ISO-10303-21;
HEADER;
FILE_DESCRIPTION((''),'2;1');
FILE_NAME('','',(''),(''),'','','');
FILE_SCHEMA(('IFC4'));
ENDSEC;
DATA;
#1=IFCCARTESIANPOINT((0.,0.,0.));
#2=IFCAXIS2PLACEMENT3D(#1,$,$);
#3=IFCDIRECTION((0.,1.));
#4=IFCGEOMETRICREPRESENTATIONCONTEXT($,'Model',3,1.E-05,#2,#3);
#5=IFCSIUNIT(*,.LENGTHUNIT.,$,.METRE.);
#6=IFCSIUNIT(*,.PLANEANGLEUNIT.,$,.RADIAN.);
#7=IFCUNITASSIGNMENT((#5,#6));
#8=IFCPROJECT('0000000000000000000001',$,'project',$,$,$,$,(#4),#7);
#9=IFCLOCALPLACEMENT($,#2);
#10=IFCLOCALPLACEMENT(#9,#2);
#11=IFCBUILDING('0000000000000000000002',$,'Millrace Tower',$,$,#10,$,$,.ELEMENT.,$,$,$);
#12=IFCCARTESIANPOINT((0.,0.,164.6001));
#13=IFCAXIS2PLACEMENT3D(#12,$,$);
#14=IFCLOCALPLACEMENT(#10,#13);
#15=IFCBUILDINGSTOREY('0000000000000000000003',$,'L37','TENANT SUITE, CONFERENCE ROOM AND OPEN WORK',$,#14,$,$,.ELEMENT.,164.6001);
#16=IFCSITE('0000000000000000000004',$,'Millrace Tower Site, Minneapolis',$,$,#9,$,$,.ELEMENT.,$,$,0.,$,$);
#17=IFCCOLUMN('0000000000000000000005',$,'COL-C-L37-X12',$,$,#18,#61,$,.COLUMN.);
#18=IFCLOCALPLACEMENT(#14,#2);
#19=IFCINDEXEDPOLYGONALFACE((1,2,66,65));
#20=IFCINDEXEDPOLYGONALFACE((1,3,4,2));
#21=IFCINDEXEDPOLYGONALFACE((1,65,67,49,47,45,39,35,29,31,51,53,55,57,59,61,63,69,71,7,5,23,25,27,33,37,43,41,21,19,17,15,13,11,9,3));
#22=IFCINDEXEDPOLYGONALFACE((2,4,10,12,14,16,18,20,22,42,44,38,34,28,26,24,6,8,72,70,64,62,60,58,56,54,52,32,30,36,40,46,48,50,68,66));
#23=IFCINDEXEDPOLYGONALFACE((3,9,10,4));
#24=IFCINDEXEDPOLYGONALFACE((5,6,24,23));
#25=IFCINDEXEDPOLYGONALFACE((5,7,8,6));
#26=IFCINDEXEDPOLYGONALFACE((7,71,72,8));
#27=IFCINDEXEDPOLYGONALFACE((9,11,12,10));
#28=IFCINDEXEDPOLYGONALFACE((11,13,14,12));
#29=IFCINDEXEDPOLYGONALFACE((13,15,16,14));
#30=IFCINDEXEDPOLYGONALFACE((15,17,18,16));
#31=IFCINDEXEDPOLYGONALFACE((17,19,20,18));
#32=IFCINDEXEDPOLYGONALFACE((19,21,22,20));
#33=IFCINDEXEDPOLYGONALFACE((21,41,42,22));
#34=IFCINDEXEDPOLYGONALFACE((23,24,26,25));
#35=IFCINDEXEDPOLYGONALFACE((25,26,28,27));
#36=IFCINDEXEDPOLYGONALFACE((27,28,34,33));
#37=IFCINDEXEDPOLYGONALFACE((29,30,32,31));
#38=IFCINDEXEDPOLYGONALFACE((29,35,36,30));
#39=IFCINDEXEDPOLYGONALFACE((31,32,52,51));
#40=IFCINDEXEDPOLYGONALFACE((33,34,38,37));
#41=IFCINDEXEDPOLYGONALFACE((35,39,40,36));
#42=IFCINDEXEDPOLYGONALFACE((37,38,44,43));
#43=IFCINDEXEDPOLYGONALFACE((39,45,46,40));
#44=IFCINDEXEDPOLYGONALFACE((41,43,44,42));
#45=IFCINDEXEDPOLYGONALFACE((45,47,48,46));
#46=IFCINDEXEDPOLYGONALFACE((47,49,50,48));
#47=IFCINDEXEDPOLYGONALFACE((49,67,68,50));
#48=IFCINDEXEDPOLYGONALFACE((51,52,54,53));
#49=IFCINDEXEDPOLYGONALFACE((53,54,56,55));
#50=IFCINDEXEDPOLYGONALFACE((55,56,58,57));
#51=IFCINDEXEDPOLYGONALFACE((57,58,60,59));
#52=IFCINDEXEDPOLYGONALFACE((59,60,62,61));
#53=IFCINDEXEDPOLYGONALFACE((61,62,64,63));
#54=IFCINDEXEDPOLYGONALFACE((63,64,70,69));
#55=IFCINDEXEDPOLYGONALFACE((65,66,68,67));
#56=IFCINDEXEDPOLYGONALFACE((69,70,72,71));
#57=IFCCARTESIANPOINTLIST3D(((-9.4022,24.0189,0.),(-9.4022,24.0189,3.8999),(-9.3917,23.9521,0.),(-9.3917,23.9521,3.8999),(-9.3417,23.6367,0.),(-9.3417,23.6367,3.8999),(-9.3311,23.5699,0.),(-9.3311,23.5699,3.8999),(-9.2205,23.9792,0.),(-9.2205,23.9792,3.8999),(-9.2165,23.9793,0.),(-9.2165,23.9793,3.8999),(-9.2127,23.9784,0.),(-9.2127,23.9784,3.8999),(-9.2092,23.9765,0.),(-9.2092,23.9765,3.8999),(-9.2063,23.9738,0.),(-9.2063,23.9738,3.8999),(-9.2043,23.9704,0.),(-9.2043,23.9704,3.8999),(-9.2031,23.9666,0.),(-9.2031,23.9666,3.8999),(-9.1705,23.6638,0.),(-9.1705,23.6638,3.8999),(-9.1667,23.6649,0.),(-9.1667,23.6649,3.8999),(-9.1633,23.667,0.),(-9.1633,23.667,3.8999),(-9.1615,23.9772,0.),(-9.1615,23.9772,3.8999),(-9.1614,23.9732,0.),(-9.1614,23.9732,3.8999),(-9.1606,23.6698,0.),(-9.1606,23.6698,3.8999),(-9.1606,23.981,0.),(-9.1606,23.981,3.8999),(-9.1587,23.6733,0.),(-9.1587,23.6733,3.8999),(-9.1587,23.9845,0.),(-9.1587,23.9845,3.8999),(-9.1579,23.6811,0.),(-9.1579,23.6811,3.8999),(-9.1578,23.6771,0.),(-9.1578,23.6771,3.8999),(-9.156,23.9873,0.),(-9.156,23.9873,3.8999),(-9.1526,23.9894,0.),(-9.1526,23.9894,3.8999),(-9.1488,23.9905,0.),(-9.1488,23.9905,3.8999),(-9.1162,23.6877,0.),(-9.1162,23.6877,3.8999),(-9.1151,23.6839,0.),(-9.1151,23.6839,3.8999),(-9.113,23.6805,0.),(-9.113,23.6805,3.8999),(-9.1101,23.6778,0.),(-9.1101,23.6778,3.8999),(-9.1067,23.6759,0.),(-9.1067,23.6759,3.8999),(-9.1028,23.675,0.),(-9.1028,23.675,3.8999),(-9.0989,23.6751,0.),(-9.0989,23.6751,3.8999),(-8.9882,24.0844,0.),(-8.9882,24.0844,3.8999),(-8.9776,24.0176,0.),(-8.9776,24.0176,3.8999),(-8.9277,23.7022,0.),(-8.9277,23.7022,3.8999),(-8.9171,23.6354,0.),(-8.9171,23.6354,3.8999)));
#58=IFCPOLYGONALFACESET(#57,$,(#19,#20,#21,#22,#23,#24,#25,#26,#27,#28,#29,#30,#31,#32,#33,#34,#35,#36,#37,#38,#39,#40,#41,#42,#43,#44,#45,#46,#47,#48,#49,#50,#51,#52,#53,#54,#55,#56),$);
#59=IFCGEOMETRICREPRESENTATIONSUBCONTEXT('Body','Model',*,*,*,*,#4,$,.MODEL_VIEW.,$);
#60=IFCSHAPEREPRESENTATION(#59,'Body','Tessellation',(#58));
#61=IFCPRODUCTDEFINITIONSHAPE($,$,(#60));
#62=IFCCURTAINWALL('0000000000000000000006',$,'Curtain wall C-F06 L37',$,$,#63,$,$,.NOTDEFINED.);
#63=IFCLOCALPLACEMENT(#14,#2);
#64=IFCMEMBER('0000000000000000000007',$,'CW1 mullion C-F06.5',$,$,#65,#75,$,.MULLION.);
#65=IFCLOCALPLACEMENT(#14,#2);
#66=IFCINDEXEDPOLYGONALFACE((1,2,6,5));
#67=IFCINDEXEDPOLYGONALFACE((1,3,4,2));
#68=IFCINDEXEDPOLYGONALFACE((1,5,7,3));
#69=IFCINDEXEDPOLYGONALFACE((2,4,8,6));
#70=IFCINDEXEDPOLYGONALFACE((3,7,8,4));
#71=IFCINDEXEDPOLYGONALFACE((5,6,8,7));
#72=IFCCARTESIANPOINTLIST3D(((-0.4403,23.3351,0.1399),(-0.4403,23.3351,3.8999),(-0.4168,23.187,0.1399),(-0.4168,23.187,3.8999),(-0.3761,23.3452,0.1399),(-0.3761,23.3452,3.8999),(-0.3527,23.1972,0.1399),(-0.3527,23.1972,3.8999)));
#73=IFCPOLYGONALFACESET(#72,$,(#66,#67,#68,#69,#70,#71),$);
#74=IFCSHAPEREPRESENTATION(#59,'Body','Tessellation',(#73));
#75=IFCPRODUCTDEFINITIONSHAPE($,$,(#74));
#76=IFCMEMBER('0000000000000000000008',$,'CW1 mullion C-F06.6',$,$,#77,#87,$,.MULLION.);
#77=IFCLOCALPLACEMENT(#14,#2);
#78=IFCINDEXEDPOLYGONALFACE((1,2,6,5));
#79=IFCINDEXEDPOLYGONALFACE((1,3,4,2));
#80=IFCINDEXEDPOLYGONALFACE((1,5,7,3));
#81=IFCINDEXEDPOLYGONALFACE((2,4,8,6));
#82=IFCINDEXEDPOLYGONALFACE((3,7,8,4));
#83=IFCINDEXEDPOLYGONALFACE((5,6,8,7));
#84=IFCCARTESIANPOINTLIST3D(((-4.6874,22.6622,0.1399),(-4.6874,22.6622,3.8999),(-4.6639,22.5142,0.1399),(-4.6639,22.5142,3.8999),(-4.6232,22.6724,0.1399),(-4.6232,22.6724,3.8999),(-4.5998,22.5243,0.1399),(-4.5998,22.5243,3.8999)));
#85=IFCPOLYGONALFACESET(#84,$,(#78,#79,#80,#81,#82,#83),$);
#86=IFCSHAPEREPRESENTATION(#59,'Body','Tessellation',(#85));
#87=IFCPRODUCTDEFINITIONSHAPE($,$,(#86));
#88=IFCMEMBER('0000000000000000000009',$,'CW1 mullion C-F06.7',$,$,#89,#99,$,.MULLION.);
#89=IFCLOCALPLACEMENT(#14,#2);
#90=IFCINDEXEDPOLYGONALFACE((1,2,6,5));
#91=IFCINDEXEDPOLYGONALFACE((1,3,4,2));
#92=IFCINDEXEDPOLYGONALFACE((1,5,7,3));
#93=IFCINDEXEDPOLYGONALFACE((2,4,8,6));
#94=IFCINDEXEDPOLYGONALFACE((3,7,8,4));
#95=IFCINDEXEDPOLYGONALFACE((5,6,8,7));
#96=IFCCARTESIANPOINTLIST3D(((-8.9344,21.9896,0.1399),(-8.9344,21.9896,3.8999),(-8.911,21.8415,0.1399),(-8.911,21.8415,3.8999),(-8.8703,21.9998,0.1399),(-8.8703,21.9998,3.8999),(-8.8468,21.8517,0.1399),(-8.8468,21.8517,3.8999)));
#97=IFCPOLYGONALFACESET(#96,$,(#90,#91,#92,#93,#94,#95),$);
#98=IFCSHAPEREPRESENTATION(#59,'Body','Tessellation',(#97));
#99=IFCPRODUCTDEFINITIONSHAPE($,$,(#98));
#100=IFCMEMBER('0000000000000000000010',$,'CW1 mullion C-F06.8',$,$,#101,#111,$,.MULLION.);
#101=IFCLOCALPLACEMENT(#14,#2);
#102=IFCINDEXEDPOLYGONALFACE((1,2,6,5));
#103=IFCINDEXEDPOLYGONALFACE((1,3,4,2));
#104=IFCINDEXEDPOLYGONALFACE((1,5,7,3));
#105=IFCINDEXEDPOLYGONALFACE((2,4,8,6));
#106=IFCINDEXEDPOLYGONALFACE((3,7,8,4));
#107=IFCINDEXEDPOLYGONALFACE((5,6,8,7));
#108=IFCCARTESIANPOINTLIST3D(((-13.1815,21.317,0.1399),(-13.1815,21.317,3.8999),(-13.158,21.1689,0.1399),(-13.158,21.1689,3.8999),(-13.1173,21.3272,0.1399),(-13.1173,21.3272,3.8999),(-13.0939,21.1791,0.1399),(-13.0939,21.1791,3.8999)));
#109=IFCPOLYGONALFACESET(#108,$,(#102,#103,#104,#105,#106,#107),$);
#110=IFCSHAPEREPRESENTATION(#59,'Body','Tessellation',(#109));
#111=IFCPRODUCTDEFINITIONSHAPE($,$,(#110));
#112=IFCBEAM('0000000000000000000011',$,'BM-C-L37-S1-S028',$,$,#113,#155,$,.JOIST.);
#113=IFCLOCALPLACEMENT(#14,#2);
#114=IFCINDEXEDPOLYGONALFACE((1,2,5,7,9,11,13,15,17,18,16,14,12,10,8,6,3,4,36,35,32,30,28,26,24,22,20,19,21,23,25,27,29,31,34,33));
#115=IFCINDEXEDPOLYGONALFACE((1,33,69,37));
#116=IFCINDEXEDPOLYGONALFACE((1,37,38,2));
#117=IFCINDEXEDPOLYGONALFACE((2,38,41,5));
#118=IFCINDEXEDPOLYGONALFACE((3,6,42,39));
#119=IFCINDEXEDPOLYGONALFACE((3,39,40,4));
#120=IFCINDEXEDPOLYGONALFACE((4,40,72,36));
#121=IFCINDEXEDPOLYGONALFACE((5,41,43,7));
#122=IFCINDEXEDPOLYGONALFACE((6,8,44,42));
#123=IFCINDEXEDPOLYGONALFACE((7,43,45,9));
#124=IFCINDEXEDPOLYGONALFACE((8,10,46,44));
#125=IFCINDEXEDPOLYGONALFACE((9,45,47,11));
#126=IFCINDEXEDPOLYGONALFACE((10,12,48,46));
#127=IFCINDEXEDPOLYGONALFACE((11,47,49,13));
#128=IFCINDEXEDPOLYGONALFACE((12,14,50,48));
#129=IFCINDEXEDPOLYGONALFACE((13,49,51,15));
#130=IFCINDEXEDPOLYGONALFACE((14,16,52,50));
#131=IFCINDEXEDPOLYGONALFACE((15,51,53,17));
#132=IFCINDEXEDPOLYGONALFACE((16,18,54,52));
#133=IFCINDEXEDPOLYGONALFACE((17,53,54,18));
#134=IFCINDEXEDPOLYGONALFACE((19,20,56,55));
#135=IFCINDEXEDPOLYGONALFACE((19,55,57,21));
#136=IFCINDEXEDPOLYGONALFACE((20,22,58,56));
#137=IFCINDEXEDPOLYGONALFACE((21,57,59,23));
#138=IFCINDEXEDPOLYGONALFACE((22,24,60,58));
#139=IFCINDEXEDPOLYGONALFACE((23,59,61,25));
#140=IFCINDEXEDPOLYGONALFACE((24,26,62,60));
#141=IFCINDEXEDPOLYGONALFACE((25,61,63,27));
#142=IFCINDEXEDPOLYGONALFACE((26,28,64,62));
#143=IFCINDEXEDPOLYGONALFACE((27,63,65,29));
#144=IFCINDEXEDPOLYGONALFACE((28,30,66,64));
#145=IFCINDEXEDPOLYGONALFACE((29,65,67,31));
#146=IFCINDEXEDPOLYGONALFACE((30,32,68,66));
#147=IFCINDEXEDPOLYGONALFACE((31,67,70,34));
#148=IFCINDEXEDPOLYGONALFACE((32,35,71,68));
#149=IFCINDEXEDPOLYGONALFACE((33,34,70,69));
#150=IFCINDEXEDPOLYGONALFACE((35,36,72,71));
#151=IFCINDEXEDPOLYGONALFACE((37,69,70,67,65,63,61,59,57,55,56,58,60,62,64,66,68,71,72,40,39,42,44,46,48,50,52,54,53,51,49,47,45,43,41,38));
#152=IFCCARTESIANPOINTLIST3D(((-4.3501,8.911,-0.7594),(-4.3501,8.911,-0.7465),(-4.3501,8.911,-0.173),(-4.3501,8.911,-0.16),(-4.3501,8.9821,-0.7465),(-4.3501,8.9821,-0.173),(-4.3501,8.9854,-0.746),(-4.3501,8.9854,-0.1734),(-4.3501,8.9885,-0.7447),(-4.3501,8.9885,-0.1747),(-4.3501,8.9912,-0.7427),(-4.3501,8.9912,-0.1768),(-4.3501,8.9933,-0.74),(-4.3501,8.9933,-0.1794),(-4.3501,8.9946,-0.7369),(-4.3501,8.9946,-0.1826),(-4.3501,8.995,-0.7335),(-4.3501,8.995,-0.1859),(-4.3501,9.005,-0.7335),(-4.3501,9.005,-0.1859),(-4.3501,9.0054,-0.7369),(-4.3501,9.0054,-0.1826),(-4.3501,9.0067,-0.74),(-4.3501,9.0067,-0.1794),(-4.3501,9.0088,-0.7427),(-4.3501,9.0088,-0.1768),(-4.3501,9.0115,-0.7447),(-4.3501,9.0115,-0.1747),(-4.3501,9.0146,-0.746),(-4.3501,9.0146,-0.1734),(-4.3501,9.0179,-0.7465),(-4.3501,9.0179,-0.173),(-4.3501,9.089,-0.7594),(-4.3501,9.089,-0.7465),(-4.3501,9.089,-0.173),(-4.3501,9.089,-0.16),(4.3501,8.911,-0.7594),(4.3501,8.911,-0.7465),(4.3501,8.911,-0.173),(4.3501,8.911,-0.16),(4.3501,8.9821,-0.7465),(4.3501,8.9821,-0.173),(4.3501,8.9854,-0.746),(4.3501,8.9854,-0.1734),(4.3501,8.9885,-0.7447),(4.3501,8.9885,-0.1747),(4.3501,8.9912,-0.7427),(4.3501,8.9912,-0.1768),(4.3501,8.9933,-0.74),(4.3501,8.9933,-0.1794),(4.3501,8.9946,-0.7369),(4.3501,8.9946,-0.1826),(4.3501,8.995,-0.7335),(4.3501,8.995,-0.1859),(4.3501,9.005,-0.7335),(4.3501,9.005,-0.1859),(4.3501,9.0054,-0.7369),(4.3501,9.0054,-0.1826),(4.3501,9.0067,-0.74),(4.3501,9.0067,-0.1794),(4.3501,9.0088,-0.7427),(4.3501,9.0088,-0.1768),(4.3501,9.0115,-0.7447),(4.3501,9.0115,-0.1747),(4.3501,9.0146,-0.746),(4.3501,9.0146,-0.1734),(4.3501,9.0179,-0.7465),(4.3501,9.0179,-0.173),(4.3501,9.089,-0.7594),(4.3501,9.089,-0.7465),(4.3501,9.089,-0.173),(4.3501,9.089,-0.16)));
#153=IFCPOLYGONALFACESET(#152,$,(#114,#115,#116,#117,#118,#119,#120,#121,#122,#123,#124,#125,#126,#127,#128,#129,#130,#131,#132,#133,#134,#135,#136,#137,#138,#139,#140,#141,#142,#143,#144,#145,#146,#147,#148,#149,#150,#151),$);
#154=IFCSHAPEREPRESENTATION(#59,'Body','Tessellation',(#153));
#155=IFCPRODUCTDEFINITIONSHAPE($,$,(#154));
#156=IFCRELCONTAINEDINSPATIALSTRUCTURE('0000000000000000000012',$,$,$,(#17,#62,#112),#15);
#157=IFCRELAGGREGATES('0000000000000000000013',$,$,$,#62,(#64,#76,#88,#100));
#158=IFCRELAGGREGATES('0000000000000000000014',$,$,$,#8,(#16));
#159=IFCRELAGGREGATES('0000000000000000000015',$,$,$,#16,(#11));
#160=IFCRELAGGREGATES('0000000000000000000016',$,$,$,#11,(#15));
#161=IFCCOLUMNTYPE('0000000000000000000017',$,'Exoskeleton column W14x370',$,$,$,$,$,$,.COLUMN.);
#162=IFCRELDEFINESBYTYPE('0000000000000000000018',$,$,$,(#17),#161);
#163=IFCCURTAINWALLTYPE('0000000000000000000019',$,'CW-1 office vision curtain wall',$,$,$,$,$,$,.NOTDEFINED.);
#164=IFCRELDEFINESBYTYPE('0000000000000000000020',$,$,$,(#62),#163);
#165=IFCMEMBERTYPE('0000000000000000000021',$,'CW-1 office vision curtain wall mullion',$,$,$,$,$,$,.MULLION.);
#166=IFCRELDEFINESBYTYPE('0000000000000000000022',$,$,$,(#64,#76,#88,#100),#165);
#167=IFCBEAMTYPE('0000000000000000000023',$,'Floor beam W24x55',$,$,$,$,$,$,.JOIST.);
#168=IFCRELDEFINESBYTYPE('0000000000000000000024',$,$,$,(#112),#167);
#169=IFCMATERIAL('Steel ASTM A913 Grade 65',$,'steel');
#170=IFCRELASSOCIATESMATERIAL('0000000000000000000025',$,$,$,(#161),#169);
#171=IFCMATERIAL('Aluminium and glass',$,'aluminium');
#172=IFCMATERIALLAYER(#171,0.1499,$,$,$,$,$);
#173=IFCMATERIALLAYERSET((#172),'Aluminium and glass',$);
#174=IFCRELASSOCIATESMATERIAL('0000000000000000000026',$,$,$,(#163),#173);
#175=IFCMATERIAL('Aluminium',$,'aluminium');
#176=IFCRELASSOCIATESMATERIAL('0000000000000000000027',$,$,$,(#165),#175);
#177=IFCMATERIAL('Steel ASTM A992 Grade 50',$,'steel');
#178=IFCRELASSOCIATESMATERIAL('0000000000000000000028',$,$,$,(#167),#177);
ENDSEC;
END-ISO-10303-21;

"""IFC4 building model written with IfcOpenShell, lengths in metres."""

from ifc_helpers import new_model, si_unit, direction, frame, origin, origin_2d, place, context, subcontext, project, spatial, rectangle, i_section, extrude, material, layer, layer_set, material_profile, profile_set, type_object, element, aggregate, save


model = new_model("IFC4")

# Units and contexts
model_context = context("Model", 3, precision=1e-05, world=origin(), true_north=direction((0.0, 1.0)))
body_context = subcontext(model_context, "Body", "Model", "MODEL_VIEW")
ifc_project = project(units=[si_unit("LENGTHUNIT", "METRE"), si_unit("PLANEANGLEUNIT", "RADIAN")], contexts=[model_context])

# Site, building, storey
site_placement = place(None, origin())
site = spatial("IfcSite", under=ifc_project, at=site_placement, Name="Millrace Tower Site, Minneapolis", CompositionType="ELEMENT", RefElevation=0.0)
building_placement = place(site_placement, origin())
building = spatial("IfcBuilding", under=site, at=building_placement, Name="Millrace Tower", CompositionType="ELEMENT")
storey_placement = place(building_placement, frame((0.0, 0.0, 164.6001)))
storey = spatial("IfcBuildingStorey", under=building, at=storey_placement, Name="L37", Description="TENANT SUITE, CONFERENCE ROOM AND OPEN WORK", CompositionType="ELEMENT", Elevation=164.6001)

# Column
ifc_material_1 = material(Name="Steel ASTM A913 Grade 65", Category="steel")
ifc_material_profile_1 = material_profile(ifc_material_1, i_section(OverallWidth=0.4192, OverallDepth=0.4546, WebThickness=0.0422, FlangeThickness=0.0676, FilletRadius=0.0151, at=origin_2d()))
ifc_profile_set_1 = profile_set([ifc_material_profile_1], Name="Steel ASTM A913 Grade 65")
column_type = type_object("IfcColumnType", Name="Exoskeleton column W14x370", PredefinedType="COLUMN", material=ifc_profile_set_1)
column_placement = place(storey_placement, frame((-9.1597, 23.8271, 0.0), z_axis=(0.0, 0.0, 1.0), x_axis=(-0.987688, -0.156434, 0.0)))
element("IfcColumn", 1, at=column_placement, inside=storey, type_object=column_type, Name="COL-C-L37-X12", PredefinedType="COLUMN", context=body_context, shape_type="SweptSolid", body=[
    extrude(i_section(OverallWidth=0.4192, OverallDepth=0.4546, WebThickness=0.0422, FlangeThickness=0.0676, FilletRadius=0.0151, at=origin_2d()), origin(), (0.0, 0.0, 1.0), 3.8999),
])

# Curtain wall, members
ifc_material_2 = material(Name="Aluminium and glass", Category="aluminium")
ifc_layer_1 = layer(ifc_material_2, 0.1499)
ifc_layer_set_1 = layer_set([ifc_layer_1], Name="Aluminium and glass")
curtain_wall_type = type_object("IfcCurtainWallType", Name="CW-1 office vision curtain wall", PredefinedType="NOTDEFINED", material=ifc_layer_set_1)
placement = place(storey_placement, origin())
curtain_wall = element("IfcCurtainWall", 2, at=placement, inside=storey, type_object=curtain_wall_type, Name="Curtain wall C-F06 L37", PredefinedType="NOTDEFINED")
ifc_material_3 = material(Name="Aluminium", Category="aluminium")
ifc_material_profile_2 = material_profile(ifc_material_3, rectangle(XDim=0.0649, YDim=0.1499, at=origin_2d()))
ifc_profile_set_2 = profile_set([ifc_material_profile_2], Name="Aluminium")
member_type = type_object("IfcMemberType", Name="CW-1 office vision curtain wall mullion", PredefinedType="MULLION", material=ifc_profile_set_2)
member_1_placement = place(storey_placement, frame((-0.3965, 23.2661, 0.1399), z_axis=(0.0, 0.0, 1.0), x_axis=(-0.987688, -0.156434, 0.0)))
member_1 = element("IfcMember", 3, at=member_1_placement, type_object=member_type, Name="CW1 mullion C-F06.5", PredefinedType="MULLION", context=body_context, shape_type="SweptSolid", body=[
    extrude(rectangle(XDim=0.0649, YDim=0.1499, at=origin_2d()), origin(), (0.0, 0.0, 1.0), 3.76),
])
member_2_placement = place(storey_placement, frame((-4.6436, 22.5933, 0.1399), z_axis=(0.0, 0.0, 1.0), x_axis=(-0.987688, -0.156434, 0.0)))
member_2 = element("IfcMember", 4, at=member_2_placement, type_object=member_type, Name="CW1 mullion C-F06.6", PredefinedType="MULLION", context=body_context, shape_type="SweptSolid", body=[
    extrude(rectangle(XDim=0.0649, YDim=0.1499, at=origin_2d()), origin(), (0.0, 0.0, 1.0), 3.76),
])
member_3_placement = place(storey_placement, frame((-8.8906, 21.9207, 0.1399), z_axis=(0.0, 0.0, 1.0), x_axis=(-0.987688, -0.156434, 0.0)))
member_3 = element("IfcMember", 5, at=member_3_placement, type_object=member_type, Name="CW1 mullion C-F06.7", PredefinedType="MULLION", context=body_context, shape_type="SweptSolid", body=[
    extrude(rectangle(XDim=0.0649, YDim=0.1499, at=origin_2d()), origin(), (0.0, 0.0, 1.0), 3.76),
])
member_4_placement = place(storey_placement, frame((-13.1377, 21.248, 0.1399), z_axis=(0.0, 0.0, 1.0), x_axis=(-0.987688, -0.156434, 0.0)))
member_4 = element("IfcMember", 6, at=member_4_placement, type_object=member_type, Name="CW1 mullion C-F06.8", PredefinedType="MULLION", context=body_context, shape_type="SweptSolid", body=[
    extrude(rectangle(XDim=0.0649, YDim=0.1499, at=origin_2d()), origin(), (0.0, 0.0, 1.0), 3.76),
])
aggregate(curtain_wall, [member_1, member_2, member_3, member_4])

# Beam
ifc_material_4 = material(Name="Steel ASTM A992 Grade 50", Category="steel")
ifc_material_profile_3 = material_profile(ifc_material_4, i_section(OverallWidth=0.178, OverallDepth=0.5994, WebThickness=0.01, FlangeThickness=0.0129, FilletRadius=0.0129, at=origin_2d()))
ifc_profile_set_3 = profile_set([ifc_material_profile_3], Name="Steel ASTM A992 Grade 50")
beam_type_1 = type_object("IfcBeamType", Name="Floor beam W24x55", PredefinedType="JOIST", material=ifc_profile_set_3)
beam_1_placement = place(storey_placement, frame((-4.3501, 9.0, -0.4597), z_axis=(1.0, 0.0, 0.0), x_axis=(0.0, 1.0, 0.0)))
element("IfcBeam", 7, at=beam_1_placement, inside=storey, type_object=beam_type_1, Name="BM-C-L37-S1-S028", PredefinedType="JOIST", context=body_context, shape_type="SweptSolid", body=[
    extrude(i_section(OverallWidth=0.178, OverallDepth=0.5994, WebThickness=0.01, FlangeThickness=0.0129, FilletRadius=0.0129, at=origin_2d()), origin(), (0.0, 0.0, 1.0), 8.7002),
])

save(model, "model.ifc")
